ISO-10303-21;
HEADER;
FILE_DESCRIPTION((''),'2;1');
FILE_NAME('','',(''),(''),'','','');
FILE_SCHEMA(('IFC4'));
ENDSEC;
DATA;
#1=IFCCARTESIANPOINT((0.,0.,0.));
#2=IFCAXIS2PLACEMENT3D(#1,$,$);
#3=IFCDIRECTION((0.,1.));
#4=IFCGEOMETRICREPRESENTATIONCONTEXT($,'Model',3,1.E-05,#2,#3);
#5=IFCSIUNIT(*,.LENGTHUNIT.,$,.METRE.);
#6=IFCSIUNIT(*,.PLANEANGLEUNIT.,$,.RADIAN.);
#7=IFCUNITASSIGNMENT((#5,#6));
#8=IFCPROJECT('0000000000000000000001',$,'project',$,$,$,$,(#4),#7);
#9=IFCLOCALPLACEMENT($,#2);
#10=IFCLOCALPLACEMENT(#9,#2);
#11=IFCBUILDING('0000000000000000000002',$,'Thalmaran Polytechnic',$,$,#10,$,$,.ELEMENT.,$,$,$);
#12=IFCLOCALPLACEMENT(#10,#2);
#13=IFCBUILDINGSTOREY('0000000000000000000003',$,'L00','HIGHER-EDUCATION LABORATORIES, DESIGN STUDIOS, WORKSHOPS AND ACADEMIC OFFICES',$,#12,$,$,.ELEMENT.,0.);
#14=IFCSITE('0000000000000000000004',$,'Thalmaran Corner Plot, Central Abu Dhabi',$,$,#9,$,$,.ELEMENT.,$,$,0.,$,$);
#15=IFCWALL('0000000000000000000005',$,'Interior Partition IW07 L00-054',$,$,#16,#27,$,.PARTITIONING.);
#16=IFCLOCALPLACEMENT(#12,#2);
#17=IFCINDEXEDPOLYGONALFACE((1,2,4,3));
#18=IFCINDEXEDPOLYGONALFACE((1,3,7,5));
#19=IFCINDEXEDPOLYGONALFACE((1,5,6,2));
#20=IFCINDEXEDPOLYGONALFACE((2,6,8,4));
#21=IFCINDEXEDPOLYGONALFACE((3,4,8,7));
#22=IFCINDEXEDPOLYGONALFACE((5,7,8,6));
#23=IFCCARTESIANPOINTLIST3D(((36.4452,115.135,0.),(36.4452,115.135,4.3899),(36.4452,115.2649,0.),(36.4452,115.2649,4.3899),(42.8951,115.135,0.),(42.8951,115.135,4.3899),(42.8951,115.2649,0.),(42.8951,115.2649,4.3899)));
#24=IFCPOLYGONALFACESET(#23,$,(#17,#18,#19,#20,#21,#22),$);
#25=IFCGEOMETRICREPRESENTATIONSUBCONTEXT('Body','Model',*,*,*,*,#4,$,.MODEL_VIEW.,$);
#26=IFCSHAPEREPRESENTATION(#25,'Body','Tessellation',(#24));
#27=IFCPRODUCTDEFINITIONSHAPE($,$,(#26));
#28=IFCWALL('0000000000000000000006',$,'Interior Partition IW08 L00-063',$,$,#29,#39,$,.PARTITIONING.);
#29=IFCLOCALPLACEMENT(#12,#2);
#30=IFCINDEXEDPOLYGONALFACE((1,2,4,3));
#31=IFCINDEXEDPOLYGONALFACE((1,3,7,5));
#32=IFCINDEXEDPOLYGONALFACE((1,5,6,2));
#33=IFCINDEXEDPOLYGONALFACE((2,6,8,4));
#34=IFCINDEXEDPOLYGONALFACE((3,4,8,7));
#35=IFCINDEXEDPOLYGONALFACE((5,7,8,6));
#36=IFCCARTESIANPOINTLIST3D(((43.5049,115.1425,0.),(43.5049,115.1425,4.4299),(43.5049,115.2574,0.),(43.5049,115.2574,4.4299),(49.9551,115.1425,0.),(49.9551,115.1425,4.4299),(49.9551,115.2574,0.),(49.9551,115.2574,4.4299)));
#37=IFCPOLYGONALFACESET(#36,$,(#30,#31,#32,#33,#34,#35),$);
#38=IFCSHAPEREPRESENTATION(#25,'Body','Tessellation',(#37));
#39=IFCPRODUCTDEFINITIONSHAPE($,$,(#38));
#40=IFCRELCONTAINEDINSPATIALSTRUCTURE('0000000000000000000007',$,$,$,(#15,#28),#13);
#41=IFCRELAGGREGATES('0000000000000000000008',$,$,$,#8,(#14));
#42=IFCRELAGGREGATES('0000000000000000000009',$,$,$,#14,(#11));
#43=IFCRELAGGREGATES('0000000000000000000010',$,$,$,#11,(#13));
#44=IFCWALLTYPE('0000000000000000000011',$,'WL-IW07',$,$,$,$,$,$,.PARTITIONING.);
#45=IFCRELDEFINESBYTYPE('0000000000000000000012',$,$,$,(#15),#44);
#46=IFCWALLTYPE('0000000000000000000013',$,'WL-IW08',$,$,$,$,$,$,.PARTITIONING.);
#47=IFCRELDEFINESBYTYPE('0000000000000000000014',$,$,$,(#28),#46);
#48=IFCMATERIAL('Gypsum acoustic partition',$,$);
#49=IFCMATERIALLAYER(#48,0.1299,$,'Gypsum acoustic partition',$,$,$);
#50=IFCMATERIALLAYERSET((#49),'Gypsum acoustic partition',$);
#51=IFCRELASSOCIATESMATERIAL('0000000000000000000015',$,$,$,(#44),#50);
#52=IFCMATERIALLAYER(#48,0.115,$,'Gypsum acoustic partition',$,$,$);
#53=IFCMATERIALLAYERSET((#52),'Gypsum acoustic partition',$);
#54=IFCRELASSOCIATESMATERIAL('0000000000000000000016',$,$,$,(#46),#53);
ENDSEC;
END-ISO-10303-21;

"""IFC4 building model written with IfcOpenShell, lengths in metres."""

from ifc_helpers import new_model, si_unit, direction, frame, frame_2d, origin, place, context, subcontext, project, spatial, rectangle, extrude, material, layer, layer_set, type_object, element, save


model = new_model("IFC4")

# Units and contexts
model_context = context("Model", 3, precision=1e-05, world=origin(), true_north=direction((0.0, 1.0)))
body_context = subcontext(model_context, "Body", "Model", "MODEL_VIEW")
ifc_project = project(units=[si_unit("LENGTHUNIT", "METRE"), si_unit("PLANEANGLEUNIT", "RADIAN")], contexts=[model_context])

# Site, building, storey
site_placement = place(None, origin())
site = spatial("IfcSite", under=ifc_project, at=site_placement, Name="Thalmaran Corner Plot, Central Abu Dhabi", CompositionType="ELEMENT", RefElevation=0.0)
building_placement = place(site_placement, origin())
building = spatial("IfcBuilding", under=site, at=building_placement, Name="Thalmaran Polytechnic", CompositionType="ELEMENT")
storey_placement = place(building_placement, origin())
storey = spatial("IfcBuildingStorey", under=building, at=storey_placement, Name="L00", Description="HIGHER-EDUCATION LABORATORIES, DESIGN STUDIOS, WORKSHOPS AND ACADEMIC OFFICES", CompositionType="ELEMENT", Elevation=0.0)

# Shared definitions
ifc_material_1 = material(Name="Gypsum acoustic partition")

# Shared definitions
ifc_layer_1 = layer(ifc_material_1, 0.1299, Name="Gypsum acoustic partition")
ifc_layer_set_1 = layer_set([ifc_layer_1], Name="Gypsum acoustic partition")
wall_type_1 = type_object("IfcWallType", Name="WL-IW07", PredefinedType="PARTITIONING", material=ifc_layer_set_1)

# Walls
wall_1_placement = place(storey_placement, frame((36.4451, 115.2, 0.0), z_axis=(0.0, 0.0, 1.0), x_axis=(1.0, 0.0, 0.0)))
element("IfcWall", 1, at=wall_1_placement, inside=storey, type_object=wall_type_1, Name="Interior Partition IW07 L00-054", PredefinedType="PARTITIONING", context=body_context, shape_type="SweptSolid", body=[
    extrude(rectangle(XDim=6.45, YDim=0.1299, at=frame_2d((3.2251, 0.0))), origin(), (0.0, 0.0, 1.0), 4.3899),
])
ifc_layer_2 = layer(ifc_material_1, 0.115, Name="Gypsum acoustic partition")
ifc_layer_set_2 = layer_set([ifc_layer_2], Name="Gypsum acoustic partition")
wall_type_2 = type_object("IfcWallType", Name="WL-IW08", PredefinedType="PARTITIONING", material=ifc_layer_set_2)
wall_2_placement = place(storey_placement, frame((43.5049, 115.2, 0.0), z_axis=(0.0, 0.0, 1.0), x_axis=(1.0, 0.0, 0.0)))
element("IfcWall", 2, at=wall_2_placement, inside=storey, type_object=wall_type_2, Name="Interior Partition IW08 L00-063", PredefinedType="PARTITIONING", context=body_context, shape_type="SweptSolid", body=[
    extrude(rectangle(XDim=6.4502, YDim=0.115, at=frame_2d((3.2251, 0.0))), origin(), (0.0, 0.0, 1.0), 4.4299),
])

save(model, "model.ifc")
